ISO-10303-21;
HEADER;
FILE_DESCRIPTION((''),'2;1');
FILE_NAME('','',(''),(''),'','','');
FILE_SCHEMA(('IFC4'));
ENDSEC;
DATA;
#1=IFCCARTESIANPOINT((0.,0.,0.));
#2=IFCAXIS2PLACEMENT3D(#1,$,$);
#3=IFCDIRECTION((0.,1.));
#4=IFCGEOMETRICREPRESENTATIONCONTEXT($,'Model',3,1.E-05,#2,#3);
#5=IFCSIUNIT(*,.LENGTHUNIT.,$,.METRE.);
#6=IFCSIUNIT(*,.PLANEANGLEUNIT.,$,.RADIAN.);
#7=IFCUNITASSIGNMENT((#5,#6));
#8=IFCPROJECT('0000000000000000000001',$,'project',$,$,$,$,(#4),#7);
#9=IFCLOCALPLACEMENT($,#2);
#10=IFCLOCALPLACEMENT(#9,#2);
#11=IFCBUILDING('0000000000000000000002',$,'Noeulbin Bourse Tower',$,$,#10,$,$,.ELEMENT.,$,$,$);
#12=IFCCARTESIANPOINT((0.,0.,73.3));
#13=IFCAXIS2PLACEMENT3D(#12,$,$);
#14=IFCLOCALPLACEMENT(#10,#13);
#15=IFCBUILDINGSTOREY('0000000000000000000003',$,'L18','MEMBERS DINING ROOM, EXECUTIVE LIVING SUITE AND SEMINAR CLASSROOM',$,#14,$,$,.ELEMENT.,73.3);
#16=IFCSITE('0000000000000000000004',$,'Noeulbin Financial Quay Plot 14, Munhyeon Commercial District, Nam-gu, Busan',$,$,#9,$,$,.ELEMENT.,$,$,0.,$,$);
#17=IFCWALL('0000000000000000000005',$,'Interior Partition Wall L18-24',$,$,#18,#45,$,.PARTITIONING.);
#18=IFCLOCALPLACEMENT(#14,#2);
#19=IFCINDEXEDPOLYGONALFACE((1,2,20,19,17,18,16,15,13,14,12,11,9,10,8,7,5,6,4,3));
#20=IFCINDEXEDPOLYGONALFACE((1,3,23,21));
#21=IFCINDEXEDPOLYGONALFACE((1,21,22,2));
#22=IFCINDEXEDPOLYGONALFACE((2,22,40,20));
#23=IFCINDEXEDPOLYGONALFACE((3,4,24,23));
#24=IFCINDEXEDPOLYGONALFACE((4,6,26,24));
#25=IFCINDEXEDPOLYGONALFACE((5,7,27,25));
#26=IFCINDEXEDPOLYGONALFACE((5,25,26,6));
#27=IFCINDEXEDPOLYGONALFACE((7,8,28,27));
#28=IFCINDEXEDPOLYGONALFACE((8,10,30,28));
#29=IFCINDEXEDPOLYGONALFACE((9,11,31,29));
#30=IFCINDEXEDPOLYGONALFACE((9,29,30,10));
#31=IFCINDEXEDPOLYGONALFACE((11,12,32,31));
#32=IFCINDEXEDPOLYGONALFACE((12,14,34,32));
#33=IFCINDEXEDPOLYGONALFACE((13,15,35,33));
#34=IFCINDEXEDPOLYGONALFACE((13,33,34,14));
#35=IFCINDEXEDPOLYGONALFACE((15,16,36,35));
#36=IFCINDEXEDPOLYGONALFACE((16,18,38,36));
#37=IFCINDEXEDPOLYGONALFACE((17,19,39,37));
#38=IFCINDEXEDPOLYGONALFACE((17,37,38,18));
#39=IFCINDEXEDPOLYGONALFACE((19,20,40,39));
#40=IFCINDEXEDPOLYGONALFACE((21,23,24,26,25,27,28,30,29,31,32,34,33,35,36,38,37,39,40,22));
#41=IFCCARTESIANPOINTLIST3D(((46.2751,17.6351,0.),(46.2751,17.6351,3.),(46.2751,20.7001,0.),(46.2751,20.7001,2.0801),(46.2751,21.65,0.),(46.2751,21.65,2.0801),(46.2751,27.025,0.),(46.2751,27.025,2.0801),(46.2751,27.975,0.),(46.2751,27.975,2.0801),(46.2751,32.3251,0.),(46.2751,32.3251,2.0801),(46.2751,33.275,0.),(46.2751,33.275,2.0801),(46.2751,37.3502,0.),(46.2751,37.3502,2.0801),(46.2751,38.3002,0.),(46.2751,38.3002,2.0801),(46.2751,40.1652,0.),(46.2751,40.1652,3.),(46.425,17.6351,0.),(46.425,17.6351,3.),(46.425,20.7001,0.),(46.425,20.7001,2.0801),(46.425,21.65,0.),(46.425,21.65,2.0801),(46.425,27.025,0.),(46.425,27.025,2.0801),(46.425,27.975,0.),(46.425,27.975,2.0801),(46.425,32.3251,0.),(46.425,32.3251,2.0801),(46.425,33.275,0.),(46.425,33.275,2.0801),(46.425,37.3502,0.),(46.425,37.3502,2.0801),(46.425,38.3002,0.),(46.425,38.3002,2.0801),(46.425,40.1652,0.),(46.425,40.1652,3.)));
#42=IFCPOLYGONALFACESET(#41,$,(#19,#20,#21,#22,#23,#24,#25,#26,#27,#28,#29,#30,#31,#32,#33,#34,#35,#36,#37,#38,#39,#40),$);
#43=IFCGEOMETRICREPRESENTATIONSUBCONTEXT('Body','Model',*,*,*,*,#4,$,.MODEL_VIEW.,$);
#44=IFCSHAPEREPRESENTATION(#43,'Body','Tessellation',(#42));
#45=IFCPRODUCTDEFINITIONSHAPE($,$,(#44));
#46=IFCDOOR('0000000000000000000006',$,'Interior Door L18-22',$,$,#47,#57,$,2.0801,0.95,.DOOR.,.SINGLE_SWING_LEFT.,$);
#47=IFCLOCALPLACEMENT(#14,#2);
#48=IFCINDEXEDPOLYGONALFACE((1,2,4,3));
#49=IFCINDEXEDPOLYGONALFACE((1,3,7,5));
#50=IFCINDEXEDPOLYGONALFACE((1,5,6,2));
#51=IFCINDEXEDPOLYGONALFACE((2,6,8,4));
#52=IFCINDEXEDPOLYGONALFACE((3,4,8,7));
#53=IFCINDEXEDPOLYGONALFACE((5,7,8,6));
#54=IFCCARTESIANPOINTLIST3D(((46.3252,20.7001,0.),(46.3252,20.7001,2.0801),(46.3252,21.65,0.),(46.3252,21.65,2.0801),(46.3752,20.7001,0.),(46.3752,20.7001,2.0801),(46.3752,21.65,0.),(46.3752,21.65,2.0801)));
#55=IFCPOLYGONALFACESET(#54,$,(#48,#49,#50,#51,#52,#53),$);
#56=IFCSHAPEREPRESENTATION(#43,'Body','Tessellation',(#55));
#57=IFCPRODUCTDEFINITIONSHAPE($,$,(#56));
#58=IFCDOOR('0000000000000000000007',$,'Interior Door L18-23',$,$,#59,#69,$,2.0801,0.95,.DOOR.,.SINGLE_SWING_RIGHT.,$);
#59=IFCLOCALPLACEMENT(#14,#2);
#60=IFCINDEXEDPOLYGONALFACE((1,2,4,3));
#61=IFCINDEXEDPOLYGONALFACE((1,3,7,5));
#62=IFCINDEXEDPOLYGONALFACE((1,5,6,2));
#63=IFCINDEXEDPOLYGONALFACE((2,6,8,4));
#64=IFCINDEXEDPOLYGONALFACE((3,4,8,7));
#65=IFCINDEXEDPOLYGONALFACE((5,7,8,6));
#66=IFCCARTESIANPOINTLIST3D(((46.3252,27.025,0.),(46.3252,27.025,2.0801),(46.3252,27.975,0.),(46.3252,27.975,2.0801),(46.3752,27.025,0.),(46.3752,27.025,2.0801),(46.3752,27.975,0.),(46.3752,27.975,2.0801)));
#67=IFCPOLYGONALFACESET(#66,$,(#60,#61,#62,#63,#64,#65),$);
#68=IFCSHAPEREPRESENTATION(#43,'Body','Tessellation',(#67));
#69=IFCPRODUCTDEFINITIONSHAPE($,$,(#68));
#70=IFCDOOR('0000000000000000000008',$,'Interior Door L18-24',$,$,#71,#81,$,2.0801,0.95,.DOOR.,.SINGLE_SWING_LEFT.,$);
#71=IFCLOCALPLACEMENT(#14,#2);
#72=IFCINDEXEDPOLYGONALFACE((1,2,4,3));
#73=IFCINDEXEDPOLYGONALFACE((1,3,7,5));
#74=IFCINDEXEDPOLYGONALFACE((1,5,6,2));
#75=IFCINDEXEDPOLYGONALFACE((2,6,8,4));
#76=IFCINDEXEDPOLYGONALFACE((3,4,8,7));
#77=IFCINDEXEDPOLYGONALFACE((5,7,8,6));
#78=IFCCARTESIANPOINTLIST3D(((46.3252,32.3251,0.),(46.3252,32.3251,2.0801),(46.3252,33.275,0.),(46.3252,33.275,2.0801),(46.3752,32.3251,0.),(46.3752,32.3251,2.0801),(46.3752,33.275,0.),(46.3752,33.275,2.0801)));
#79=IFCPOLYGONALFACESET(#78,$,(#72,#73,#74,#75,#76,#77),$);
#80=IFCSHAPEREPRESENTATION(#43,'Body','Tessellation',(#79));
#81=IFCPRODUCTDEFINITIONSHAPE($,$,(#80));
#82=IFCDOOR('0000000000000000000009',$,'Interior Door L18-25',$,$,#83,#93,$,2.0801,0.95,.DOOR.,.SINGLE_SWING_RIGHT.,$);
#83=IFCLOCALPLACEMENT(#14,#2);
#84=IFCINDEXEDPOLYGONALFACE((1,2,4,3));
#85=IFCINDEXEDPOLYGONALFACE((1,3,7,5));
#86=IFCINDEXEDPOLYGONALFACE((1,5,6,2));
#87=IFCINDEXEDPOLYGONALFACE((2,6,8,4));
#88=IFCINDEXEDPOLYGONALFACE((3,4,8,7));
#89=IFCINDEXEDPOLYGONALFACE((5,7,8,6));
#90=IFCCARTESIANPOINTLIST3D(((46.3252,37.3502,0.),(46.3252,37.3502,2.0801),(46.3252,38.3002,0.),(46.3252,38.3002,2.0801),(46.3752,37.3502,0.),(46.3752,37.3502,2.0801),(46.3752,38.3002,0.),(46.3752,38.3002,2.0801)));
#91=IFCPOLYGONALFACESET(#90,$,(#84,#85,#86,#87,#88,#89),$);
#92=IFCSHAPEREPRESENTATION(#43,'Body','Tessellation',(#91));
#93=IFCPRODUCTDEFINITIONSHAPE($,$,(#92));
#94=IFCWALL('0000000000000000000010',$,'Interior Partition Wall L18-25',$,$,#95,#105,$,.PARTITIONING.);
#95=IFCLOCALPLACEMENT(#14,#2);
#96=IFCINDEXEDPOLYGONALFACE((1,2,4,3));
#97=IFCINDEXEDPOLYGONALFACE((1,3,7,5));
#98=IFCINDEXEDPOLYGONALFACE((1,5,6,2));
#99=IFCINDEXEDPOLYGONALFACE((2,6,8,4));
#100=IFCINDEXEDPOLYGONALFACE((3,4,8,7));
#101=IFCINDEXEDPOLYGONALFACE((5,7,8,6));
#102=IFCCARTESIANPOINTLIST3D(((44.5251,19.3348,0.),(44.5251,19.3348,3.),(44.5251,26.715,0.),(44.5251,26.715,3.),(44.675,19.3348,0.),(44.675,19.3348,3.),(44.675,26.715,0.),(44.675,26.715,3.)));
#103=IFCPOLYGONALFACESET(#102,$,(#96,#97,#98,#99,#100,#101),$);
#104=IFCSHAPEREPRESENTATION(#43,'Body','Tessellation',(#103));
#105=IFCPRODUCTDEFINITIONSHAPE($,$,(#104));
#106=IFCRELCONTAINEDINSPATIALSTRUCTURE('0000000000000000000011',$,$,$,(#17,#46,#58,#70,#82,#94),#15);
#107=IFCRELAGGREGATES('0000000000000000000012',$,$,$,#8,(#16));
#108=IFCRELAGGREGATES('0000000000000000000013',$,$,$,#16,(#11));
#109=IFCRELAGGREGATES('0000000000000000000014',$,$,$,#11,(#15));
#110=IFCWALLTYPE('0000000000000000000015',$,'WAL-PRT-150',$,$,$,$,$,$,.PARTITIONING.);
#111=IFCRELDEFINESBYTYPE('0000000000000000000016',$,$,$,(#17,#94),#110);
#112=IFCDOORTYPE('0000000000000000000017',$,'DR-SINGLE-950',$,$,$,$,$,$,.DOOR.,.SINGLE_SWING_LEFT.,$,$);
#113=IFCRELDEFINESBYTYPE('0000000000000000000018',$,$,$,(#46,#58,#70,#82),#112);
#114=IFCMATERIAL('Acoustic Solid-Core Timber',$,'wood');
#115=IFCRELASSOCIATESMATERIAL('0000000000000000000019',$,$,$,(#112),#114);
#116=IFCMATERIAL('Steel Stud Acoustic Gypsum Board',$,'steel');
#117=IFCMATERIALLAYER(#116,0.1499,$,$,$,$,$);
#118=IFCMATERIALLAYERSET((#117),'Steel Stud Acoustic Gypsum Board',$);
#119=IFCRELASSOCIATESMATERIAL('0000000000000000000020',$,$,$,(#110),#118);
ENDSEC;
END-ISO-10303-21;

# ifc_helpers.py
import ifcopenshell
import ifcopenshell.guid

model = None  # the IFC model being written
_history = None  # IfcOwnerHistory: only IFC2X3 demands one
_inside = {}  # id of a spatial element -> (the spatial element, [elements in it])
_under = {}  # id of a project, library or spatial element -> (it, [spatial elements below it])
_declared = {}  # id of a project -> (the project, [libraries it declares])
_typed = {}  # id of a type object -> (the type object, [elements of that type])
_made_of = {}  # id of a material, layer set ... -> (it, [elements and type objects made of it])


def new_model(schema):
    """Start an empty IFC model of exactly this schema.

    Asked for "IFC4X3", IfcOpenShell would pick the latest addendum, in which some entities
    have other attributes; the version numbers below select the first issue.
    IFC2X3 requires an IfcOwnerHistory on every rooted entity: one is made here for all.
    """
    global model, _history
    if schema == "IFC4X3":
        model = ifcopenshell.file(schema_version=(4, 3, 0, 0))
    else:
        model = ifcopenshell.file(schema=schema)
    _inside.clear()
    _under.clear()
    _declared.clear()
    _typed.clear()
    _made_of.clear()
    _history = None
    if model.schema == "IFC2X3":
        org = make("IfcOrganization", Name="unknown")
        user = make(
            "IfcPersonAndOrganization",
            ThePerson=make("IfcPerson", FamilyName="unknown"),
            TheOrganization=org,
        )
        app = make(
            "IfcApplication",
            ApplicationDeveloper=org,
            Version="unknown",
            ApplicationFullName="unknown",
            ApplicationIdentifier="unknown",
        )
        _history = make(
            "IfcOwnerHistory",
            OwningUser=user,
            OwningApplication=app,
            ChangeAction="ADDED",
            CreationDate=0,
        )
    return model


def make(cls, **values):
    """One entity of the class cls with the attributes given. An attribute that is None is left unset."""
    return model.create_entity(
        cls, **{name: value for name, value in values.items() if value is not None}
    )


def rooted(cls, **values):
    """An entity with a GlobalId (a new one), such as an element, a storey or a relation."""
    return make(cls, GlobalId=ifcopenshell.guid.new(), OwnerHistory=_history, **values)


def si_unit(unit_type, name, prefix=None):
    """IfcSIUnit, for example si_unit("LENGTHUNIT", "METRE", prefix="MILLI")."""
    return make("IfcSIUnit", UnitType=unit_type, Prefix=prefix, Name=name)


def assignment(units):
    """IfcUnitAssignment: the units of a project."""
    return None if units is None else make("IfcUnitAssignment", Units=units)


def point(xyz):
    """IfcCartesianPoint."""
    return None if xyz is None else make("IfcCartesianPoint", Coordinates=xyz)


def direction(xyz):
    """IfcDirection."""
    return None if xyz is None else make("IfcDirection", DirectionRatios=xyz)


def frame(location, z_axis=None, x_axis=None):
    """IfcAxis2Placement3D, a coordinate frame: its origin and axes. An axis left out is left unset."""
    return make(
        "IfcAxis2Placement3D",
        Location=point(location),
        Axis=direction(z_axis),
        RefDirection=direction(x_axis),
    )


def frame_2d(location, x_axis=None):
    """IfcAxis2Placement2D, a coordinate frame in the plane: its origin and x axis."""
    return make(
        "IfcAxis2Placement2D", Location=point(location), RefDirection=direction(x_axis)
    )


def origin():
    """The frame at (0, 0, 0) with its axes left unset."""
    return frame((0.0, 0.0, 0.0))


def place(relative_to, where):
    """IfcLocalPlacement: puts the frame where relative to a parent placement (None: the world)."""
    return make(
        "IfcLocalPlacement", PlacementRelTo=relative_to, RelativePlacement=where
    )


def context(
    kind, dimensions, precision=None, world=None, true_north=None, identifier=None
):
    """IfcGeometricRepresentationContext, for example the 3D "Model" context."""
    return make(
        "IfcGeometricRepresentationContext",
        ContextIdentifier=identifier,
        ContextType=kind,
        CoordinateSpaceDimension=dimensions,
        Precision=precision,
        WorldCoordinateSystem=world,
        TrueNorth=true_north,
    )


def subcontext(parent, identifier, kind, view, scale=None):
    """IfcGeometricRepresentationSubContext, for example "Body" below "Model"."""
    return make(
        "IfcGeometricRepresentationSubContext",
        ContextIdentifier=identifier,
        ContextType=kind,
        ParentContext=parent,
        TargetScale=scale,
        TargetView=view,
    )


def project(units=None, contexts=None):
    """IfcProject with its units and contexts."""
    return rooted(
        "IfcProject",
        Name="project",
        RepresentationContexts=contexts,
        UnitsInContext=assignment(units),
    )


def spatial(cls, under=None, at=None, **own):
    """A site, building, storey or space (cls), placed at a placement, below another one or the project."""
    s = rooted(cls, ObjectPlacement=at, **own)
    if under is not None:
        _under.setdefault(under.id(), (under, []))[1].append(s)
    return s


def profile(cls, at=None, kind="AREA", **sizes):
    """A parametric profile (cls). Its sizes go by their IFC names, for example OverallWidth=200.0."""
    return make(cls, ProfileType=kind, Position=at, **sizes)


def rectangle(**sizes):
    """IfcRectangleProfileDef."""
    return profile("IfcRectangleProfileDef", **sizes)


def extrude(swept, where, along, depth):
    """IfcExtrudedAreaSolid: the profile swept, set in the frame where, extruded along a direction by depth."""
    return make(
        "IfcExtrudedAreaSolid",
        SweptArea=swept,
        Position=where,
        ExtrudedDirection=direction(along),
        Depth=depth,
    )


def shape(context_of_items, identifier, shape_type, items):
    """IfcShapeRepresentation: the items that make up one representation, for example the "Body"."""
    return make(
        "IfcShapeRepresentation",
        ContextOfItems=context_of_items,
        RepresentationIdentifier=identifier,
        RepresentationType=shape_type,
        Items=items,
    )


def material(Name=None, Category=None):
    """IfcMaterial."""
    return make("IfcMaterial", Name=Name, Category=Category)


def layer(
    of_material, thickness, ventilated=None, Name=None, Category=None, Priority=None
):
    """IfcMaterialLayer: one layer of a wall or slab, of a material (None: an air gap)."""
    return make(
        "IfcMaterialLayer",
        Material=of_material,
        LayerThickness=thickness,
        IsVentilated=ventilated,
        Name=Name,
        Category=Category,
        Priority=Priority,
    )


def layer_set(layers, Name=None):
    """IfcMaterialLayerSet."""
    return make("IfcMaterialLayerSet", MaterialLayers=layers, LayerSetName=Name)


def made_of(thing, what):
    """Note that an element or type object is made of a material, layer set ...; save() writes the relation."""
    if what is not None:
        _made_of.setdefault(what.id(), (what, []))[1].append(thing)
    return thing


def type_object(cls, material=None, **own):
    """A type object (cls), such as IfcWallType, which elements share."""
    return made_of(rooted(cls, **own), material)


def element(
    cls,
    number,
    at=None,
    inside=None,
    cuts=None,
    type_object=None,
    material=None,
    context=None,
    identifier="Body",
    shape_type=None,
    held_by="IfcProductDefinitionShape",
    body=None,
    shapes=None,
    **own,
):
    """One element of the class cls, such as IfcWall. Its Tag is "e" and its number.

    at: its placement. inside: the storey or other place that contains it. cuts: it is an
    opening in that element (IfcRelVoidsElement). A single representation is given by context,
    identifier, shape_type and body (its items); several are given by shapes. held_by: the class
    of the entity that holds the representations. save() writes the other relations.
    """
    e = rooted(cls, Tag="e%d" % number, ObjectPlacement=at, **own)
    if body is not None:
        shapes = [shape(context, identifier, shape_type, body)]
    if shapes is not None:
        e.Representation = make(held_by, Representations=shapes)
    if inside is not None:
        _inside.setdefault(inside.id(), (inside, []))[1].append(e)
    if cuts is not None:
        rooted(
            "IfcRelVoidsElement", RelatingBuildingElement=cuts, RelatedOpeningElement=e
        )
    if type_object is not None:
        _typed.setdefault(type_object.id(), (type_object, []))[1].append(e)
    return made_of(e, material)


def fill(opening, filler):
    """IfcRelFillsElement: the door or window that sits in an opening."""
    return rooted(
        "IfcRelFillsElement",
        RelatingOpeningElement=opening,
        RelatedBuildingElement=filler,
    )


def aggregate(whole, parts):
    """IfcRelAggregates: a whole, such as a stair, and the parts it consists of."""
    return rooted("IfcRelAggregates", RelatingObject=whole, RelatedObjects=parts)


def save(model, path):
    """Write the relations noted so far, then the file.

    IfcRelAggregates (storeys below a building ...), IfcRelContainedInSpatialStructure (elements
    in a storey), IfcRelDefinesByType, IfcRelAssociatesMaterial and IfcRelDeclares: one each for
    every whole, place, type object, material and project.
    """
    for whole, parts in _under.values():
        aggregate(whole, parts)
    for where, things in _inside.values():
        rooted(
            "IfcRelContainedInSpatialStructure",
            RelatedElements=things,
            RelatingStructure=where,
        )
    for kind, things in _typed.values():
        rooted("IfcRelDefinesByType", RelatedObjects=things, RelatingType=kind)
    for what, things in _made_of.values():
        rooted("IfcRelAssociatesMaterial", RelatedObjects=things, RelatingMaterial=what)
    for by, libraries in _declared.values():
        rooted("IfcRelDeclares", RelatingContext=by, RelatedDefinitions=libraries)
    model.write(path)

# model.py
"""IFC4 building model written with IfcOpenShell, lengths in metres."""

from ifc_helpers import new_model, si_unit, direction, frame, frame_2d, origin, place, context, subcontext, project, spatial, rectangle, extrude, material, layer, layer_set, type_object, element, fill, save


model = new_model("IFC4")

# Units and contexts
model_context = context("Model", 3, precision=1e-05, world=origin(), true_north=direction((0.0, 1.0)))
body_context = subcontext(model_context, "Body", "Model", "MODEL_VIEW")
ifc_project = project(units=[si_unit("LENGTHUNIT", "METRE"), si_unit("PLANEANGLEUNIT", "RADIAN")], contexts=[model_context])

# Site, building, storey
site_placement = place(None, origin())
site = spatial("IfcSite", under=ifc_project, at=site_placement, Name="Noeulbin Financial Quay Plot 14, Munhyeon Commercial District, Nam-gu, Busan", CompositionType="ELEMENT", RefElevation=0.0)
building_placement = place(site_placement, origin())
building = spatial("IfcBuilding", under=site, at=building_placement, Name="Noeulbin Bourse Tower", CompositionType="ELEMENT")
storey_placement = place(building_placement, frame((0.0, 0.0, 73.3)))
storey = spatial("IfcBuildingStorey", under=building, at=storey_placement, Name="L18", Description="MEMBERS DINING ROOM, EXECUTIVE LIVING SUITE AND SEMINAR CLASSROOM", CompositionType="ELEMENT", Elevation=73.3)

# Shared definitions
ifc_material_1 = material(Name="Acoustic Solid-Core Timber", Category="wood")
door_type = type_object("IfcDoorType", Name="DR-SINGLE-950", OperationType="SINGLE_SWING_LEFT", PredefinedType="DOOR", material=ifc_material_1)

# Wall, openings, doors
ifc_material_2 = material(Name="Steel Stud Acoustic Gypsum Board", Category="steel")
ifc_layer_1 = layer(ifc_material_2, 0.1499)
ifc_layer_set_1 = layer_set([ifc_layer_1], Name="Steel Stud Acoustic Gypsum Board")
wall_type_1 = type_object("IfcWallType", Name="WAL-PRT-150", PredefinedType="PARTITIONING", material=ifc_layer_set_1)
wall_1_placement = place(storey_placement, frame((46.3501, 17.635, 0.0), z_axis=(0.0, 0.0, 1.0), x_axis=(0.0, 1.0, 0.0)))
wall_1 = element("IfcWall", 1, at=wall_1_placement, inside=storey, type_object=wall_type_1, Name="Interior Partition Wall L18-24", PredefinedType="PARTITIONING", context=body_context, shape_type="SweptSolid", body=[
    extrude(rectangle(XDim=22.53, YDim=0.1499, at=frame_2d((11.2651, 0.0))), origin(), (0.0, 0.0, 1.0), 3.0),
])
opening_1_placement = place(wall_1_placement, frame((3.0649, 0.0, 0.0)))
opening_1 = element("IfcOpeningElement", 2, at=opening_1_placement, cuts=wall_1, PredefinedType="OPENING", context=body_context, shape_type="SweptSolid", body=[
    extrude(rectangle(XDim=0.95, YDim=2.0801, at=frame_2d((0.4751, 1.04))), frame((0.0, 0.085, 0.0), z_axis=(0.0, -1.0, 0.0), x_axis=(1.0, 0.0, 0.0)), (0.0, 0.0, 1.0), 0.1699),
])
opening_2_placement = place(wall_1_placement, frame((9.3899, 0.0, 0.0)))
opening_2 = element("IfcOpeningElement", 3, at=opening_2_placement, cuts=wall_1, PredefinedType="OPENING", context=body_context, shape_type="SweptSolid", body=[
    extrude(rectangle(XDim=0.95, YDim=2.0801, at=frame_2d((0.4751, 1.04))), frame((0.0, 0.085, 0.0), z_axis=(0.0, -1.0, 0.0), x_axis=(1.0, 0.0, 0.0)), (0.0, 0.0, 1.0), 0.1699),
])
opening_3_placement = place(wall_1_placement, frame((14.6899, 0.0, 0.0)))
opening_3 = element("IfcOpeningElement", 4, at=opening_3_placement, cuts=wall_1, PredefinedType="OPENING", context=body_context, shape_type="SweptSolid", body=[
    extrude(rectangle(XDim=0.95, YDim=2.0801, at=frame_2d((0.4751, 1.04))), frame((0.0, 0.085, 0.0), z_axis=(0.0, -1.0, 0.0), x_axis=(1.0, 0.0, 0.0)), (0.0, 0.0, 1.0), 0.1699),
])
opening_4_placement = place(wall_1_placement, frame((19.7151, 0.0, 0.0)))
opening_4 = element("IfcOpeningElement", 5, at=opening_4_placement, cuts=wall_1, PredefinedType="OPENING", context=body_context, shape_type="SweptSolid", body=[
    extrude(rectangle(XDim=0.95, YDim=2.0801, at=frame_2d((0.4751, 1.04))), frame((0.0, 0.085, 0.0), z_axis=(0.0, -1.0, 0.0), x_axis=(1.0, 0.0, 0.0)), (0.0, 0.0, 1.0), 0.1699),
])
door_1_placement = place(opening_1_placement, origin())
door_1 = element("IfcDoor", 6, at=door_1_placement, inside=storey, type_object=door_type, Name="Interior Door L18-22", OperationType="SINGLE_SWING_LEFT", OverallHeight=2.0801, OverallWidth=0.95, PredefinedType="DOOR", context=body_context, shape_type="SweptSolid", body=[
    extrude(rectangle(XDim=0.95, YDim=2.0801, at=frame_2d((0.4751, 1.04))), frame((0.0, 0.0249, 0.0), z_axis=(0.0, -1.0, 0.0), x_axis=(1.0, 0.0, 0.0)), (0.0, 0.0, 1.0), 0.05),
])
fill(opening_1, door_1)
door_2_placement = place(opening_2_placement, origin())
door_2 = element("IfcDoor", 7, at=door_2_placement, inside=storey, type_object=door_type, Name="Interior Door L18-23", OperationType="SINGLE_SWING_RIGHT", OverallHeight=2.0801, OverallWidth=0.95, PredefinedType="DOOR", context=body_context, shape_type="SweptSolid", body=[
    extrude(rectangle(XDim=0.95, YDim=2.0801, at=frame_2d((0.4751, 1.04))), frame((0.0, 0.0249, 0.0), z_axis=(0.0, -1.0, 0.0), x_axis=(1.0, 0.0, 0.0)), (0.0, 0.0, 1.0), 0.05),
])
fill(opening_2, door_2)
door_3_placement = place(opening_3_placement, origin())
door_3 = element("IfcDoor", 8, at=door_3_placement, inside=storey, type_object=door_type, Name="Interior Door L18-24", OperationType="SINGLE_SWING_LEFT", OverallHeight=2.0801, OverallWidth=0.95, PredefinedType="DOOR", context=body_context, shape_type="SweptSolid", body=[
    extrude(rectangle(XDim=0.95, YDim=2.0801, at=frame_2d((0.4751, 1.04))), frame((0.0, 0.0249, 0.0), z_axis=(0.0, -1.0, 0.0), x_axis=(1.0, 0.0, 0.0)), (0.0, 0.0, 1.0), 0.05),
])
fill(opening_3, door_3)
door_4_placement = place(opening_4_placement, origin())
door_4 = element("IfcDoor", 9, at=door_4_placement, inside=storey, type_object=door_type, Name="Interior Door L18-25", OperationType="SINGLE_SWING_RIGHT", OverallHeight=2.0801, OverallWidth=0.95, PredefinedType="DOOR", context=body_context, shape_type="SweptSolid", body=[
    extrude(rectangle(XDim=0.95, YDim=2.0801, at=frame_2d((0.4751, 1.04))), frame((0.0, 0.0249, 0.0), z_axis=(0.0, -1.0, 0.0), x_axis=(1.0, 0.0, 0.0)), (0.0, 0.0, 1.0), 0.05),
])
fill(opening_4, door_4)

# Wall
wall_2_placement = place(storey_placement, frame((44.6001, 19.335, 0.0), z_axis=(0.0, 0.0, 1.0), x_axis=(0.0, 1.0, 0.0)))
element("IfcWall", 10, at=wall_2_placement, inside=storey, type_object=wall_type_1, Name="Interior Partition Wall L18-25", PredefinedType="PARTITIONING", context=body_context, shape_type="SweptSolid", body=[
    extrude(rectangle(XDim=7.3801, YDim=0.1499, at=frame_2d((3.6899, 0.0))), origin(), (0.0, 0.0, 1.0), 3.0),
])

save(model, "model.ifc")
